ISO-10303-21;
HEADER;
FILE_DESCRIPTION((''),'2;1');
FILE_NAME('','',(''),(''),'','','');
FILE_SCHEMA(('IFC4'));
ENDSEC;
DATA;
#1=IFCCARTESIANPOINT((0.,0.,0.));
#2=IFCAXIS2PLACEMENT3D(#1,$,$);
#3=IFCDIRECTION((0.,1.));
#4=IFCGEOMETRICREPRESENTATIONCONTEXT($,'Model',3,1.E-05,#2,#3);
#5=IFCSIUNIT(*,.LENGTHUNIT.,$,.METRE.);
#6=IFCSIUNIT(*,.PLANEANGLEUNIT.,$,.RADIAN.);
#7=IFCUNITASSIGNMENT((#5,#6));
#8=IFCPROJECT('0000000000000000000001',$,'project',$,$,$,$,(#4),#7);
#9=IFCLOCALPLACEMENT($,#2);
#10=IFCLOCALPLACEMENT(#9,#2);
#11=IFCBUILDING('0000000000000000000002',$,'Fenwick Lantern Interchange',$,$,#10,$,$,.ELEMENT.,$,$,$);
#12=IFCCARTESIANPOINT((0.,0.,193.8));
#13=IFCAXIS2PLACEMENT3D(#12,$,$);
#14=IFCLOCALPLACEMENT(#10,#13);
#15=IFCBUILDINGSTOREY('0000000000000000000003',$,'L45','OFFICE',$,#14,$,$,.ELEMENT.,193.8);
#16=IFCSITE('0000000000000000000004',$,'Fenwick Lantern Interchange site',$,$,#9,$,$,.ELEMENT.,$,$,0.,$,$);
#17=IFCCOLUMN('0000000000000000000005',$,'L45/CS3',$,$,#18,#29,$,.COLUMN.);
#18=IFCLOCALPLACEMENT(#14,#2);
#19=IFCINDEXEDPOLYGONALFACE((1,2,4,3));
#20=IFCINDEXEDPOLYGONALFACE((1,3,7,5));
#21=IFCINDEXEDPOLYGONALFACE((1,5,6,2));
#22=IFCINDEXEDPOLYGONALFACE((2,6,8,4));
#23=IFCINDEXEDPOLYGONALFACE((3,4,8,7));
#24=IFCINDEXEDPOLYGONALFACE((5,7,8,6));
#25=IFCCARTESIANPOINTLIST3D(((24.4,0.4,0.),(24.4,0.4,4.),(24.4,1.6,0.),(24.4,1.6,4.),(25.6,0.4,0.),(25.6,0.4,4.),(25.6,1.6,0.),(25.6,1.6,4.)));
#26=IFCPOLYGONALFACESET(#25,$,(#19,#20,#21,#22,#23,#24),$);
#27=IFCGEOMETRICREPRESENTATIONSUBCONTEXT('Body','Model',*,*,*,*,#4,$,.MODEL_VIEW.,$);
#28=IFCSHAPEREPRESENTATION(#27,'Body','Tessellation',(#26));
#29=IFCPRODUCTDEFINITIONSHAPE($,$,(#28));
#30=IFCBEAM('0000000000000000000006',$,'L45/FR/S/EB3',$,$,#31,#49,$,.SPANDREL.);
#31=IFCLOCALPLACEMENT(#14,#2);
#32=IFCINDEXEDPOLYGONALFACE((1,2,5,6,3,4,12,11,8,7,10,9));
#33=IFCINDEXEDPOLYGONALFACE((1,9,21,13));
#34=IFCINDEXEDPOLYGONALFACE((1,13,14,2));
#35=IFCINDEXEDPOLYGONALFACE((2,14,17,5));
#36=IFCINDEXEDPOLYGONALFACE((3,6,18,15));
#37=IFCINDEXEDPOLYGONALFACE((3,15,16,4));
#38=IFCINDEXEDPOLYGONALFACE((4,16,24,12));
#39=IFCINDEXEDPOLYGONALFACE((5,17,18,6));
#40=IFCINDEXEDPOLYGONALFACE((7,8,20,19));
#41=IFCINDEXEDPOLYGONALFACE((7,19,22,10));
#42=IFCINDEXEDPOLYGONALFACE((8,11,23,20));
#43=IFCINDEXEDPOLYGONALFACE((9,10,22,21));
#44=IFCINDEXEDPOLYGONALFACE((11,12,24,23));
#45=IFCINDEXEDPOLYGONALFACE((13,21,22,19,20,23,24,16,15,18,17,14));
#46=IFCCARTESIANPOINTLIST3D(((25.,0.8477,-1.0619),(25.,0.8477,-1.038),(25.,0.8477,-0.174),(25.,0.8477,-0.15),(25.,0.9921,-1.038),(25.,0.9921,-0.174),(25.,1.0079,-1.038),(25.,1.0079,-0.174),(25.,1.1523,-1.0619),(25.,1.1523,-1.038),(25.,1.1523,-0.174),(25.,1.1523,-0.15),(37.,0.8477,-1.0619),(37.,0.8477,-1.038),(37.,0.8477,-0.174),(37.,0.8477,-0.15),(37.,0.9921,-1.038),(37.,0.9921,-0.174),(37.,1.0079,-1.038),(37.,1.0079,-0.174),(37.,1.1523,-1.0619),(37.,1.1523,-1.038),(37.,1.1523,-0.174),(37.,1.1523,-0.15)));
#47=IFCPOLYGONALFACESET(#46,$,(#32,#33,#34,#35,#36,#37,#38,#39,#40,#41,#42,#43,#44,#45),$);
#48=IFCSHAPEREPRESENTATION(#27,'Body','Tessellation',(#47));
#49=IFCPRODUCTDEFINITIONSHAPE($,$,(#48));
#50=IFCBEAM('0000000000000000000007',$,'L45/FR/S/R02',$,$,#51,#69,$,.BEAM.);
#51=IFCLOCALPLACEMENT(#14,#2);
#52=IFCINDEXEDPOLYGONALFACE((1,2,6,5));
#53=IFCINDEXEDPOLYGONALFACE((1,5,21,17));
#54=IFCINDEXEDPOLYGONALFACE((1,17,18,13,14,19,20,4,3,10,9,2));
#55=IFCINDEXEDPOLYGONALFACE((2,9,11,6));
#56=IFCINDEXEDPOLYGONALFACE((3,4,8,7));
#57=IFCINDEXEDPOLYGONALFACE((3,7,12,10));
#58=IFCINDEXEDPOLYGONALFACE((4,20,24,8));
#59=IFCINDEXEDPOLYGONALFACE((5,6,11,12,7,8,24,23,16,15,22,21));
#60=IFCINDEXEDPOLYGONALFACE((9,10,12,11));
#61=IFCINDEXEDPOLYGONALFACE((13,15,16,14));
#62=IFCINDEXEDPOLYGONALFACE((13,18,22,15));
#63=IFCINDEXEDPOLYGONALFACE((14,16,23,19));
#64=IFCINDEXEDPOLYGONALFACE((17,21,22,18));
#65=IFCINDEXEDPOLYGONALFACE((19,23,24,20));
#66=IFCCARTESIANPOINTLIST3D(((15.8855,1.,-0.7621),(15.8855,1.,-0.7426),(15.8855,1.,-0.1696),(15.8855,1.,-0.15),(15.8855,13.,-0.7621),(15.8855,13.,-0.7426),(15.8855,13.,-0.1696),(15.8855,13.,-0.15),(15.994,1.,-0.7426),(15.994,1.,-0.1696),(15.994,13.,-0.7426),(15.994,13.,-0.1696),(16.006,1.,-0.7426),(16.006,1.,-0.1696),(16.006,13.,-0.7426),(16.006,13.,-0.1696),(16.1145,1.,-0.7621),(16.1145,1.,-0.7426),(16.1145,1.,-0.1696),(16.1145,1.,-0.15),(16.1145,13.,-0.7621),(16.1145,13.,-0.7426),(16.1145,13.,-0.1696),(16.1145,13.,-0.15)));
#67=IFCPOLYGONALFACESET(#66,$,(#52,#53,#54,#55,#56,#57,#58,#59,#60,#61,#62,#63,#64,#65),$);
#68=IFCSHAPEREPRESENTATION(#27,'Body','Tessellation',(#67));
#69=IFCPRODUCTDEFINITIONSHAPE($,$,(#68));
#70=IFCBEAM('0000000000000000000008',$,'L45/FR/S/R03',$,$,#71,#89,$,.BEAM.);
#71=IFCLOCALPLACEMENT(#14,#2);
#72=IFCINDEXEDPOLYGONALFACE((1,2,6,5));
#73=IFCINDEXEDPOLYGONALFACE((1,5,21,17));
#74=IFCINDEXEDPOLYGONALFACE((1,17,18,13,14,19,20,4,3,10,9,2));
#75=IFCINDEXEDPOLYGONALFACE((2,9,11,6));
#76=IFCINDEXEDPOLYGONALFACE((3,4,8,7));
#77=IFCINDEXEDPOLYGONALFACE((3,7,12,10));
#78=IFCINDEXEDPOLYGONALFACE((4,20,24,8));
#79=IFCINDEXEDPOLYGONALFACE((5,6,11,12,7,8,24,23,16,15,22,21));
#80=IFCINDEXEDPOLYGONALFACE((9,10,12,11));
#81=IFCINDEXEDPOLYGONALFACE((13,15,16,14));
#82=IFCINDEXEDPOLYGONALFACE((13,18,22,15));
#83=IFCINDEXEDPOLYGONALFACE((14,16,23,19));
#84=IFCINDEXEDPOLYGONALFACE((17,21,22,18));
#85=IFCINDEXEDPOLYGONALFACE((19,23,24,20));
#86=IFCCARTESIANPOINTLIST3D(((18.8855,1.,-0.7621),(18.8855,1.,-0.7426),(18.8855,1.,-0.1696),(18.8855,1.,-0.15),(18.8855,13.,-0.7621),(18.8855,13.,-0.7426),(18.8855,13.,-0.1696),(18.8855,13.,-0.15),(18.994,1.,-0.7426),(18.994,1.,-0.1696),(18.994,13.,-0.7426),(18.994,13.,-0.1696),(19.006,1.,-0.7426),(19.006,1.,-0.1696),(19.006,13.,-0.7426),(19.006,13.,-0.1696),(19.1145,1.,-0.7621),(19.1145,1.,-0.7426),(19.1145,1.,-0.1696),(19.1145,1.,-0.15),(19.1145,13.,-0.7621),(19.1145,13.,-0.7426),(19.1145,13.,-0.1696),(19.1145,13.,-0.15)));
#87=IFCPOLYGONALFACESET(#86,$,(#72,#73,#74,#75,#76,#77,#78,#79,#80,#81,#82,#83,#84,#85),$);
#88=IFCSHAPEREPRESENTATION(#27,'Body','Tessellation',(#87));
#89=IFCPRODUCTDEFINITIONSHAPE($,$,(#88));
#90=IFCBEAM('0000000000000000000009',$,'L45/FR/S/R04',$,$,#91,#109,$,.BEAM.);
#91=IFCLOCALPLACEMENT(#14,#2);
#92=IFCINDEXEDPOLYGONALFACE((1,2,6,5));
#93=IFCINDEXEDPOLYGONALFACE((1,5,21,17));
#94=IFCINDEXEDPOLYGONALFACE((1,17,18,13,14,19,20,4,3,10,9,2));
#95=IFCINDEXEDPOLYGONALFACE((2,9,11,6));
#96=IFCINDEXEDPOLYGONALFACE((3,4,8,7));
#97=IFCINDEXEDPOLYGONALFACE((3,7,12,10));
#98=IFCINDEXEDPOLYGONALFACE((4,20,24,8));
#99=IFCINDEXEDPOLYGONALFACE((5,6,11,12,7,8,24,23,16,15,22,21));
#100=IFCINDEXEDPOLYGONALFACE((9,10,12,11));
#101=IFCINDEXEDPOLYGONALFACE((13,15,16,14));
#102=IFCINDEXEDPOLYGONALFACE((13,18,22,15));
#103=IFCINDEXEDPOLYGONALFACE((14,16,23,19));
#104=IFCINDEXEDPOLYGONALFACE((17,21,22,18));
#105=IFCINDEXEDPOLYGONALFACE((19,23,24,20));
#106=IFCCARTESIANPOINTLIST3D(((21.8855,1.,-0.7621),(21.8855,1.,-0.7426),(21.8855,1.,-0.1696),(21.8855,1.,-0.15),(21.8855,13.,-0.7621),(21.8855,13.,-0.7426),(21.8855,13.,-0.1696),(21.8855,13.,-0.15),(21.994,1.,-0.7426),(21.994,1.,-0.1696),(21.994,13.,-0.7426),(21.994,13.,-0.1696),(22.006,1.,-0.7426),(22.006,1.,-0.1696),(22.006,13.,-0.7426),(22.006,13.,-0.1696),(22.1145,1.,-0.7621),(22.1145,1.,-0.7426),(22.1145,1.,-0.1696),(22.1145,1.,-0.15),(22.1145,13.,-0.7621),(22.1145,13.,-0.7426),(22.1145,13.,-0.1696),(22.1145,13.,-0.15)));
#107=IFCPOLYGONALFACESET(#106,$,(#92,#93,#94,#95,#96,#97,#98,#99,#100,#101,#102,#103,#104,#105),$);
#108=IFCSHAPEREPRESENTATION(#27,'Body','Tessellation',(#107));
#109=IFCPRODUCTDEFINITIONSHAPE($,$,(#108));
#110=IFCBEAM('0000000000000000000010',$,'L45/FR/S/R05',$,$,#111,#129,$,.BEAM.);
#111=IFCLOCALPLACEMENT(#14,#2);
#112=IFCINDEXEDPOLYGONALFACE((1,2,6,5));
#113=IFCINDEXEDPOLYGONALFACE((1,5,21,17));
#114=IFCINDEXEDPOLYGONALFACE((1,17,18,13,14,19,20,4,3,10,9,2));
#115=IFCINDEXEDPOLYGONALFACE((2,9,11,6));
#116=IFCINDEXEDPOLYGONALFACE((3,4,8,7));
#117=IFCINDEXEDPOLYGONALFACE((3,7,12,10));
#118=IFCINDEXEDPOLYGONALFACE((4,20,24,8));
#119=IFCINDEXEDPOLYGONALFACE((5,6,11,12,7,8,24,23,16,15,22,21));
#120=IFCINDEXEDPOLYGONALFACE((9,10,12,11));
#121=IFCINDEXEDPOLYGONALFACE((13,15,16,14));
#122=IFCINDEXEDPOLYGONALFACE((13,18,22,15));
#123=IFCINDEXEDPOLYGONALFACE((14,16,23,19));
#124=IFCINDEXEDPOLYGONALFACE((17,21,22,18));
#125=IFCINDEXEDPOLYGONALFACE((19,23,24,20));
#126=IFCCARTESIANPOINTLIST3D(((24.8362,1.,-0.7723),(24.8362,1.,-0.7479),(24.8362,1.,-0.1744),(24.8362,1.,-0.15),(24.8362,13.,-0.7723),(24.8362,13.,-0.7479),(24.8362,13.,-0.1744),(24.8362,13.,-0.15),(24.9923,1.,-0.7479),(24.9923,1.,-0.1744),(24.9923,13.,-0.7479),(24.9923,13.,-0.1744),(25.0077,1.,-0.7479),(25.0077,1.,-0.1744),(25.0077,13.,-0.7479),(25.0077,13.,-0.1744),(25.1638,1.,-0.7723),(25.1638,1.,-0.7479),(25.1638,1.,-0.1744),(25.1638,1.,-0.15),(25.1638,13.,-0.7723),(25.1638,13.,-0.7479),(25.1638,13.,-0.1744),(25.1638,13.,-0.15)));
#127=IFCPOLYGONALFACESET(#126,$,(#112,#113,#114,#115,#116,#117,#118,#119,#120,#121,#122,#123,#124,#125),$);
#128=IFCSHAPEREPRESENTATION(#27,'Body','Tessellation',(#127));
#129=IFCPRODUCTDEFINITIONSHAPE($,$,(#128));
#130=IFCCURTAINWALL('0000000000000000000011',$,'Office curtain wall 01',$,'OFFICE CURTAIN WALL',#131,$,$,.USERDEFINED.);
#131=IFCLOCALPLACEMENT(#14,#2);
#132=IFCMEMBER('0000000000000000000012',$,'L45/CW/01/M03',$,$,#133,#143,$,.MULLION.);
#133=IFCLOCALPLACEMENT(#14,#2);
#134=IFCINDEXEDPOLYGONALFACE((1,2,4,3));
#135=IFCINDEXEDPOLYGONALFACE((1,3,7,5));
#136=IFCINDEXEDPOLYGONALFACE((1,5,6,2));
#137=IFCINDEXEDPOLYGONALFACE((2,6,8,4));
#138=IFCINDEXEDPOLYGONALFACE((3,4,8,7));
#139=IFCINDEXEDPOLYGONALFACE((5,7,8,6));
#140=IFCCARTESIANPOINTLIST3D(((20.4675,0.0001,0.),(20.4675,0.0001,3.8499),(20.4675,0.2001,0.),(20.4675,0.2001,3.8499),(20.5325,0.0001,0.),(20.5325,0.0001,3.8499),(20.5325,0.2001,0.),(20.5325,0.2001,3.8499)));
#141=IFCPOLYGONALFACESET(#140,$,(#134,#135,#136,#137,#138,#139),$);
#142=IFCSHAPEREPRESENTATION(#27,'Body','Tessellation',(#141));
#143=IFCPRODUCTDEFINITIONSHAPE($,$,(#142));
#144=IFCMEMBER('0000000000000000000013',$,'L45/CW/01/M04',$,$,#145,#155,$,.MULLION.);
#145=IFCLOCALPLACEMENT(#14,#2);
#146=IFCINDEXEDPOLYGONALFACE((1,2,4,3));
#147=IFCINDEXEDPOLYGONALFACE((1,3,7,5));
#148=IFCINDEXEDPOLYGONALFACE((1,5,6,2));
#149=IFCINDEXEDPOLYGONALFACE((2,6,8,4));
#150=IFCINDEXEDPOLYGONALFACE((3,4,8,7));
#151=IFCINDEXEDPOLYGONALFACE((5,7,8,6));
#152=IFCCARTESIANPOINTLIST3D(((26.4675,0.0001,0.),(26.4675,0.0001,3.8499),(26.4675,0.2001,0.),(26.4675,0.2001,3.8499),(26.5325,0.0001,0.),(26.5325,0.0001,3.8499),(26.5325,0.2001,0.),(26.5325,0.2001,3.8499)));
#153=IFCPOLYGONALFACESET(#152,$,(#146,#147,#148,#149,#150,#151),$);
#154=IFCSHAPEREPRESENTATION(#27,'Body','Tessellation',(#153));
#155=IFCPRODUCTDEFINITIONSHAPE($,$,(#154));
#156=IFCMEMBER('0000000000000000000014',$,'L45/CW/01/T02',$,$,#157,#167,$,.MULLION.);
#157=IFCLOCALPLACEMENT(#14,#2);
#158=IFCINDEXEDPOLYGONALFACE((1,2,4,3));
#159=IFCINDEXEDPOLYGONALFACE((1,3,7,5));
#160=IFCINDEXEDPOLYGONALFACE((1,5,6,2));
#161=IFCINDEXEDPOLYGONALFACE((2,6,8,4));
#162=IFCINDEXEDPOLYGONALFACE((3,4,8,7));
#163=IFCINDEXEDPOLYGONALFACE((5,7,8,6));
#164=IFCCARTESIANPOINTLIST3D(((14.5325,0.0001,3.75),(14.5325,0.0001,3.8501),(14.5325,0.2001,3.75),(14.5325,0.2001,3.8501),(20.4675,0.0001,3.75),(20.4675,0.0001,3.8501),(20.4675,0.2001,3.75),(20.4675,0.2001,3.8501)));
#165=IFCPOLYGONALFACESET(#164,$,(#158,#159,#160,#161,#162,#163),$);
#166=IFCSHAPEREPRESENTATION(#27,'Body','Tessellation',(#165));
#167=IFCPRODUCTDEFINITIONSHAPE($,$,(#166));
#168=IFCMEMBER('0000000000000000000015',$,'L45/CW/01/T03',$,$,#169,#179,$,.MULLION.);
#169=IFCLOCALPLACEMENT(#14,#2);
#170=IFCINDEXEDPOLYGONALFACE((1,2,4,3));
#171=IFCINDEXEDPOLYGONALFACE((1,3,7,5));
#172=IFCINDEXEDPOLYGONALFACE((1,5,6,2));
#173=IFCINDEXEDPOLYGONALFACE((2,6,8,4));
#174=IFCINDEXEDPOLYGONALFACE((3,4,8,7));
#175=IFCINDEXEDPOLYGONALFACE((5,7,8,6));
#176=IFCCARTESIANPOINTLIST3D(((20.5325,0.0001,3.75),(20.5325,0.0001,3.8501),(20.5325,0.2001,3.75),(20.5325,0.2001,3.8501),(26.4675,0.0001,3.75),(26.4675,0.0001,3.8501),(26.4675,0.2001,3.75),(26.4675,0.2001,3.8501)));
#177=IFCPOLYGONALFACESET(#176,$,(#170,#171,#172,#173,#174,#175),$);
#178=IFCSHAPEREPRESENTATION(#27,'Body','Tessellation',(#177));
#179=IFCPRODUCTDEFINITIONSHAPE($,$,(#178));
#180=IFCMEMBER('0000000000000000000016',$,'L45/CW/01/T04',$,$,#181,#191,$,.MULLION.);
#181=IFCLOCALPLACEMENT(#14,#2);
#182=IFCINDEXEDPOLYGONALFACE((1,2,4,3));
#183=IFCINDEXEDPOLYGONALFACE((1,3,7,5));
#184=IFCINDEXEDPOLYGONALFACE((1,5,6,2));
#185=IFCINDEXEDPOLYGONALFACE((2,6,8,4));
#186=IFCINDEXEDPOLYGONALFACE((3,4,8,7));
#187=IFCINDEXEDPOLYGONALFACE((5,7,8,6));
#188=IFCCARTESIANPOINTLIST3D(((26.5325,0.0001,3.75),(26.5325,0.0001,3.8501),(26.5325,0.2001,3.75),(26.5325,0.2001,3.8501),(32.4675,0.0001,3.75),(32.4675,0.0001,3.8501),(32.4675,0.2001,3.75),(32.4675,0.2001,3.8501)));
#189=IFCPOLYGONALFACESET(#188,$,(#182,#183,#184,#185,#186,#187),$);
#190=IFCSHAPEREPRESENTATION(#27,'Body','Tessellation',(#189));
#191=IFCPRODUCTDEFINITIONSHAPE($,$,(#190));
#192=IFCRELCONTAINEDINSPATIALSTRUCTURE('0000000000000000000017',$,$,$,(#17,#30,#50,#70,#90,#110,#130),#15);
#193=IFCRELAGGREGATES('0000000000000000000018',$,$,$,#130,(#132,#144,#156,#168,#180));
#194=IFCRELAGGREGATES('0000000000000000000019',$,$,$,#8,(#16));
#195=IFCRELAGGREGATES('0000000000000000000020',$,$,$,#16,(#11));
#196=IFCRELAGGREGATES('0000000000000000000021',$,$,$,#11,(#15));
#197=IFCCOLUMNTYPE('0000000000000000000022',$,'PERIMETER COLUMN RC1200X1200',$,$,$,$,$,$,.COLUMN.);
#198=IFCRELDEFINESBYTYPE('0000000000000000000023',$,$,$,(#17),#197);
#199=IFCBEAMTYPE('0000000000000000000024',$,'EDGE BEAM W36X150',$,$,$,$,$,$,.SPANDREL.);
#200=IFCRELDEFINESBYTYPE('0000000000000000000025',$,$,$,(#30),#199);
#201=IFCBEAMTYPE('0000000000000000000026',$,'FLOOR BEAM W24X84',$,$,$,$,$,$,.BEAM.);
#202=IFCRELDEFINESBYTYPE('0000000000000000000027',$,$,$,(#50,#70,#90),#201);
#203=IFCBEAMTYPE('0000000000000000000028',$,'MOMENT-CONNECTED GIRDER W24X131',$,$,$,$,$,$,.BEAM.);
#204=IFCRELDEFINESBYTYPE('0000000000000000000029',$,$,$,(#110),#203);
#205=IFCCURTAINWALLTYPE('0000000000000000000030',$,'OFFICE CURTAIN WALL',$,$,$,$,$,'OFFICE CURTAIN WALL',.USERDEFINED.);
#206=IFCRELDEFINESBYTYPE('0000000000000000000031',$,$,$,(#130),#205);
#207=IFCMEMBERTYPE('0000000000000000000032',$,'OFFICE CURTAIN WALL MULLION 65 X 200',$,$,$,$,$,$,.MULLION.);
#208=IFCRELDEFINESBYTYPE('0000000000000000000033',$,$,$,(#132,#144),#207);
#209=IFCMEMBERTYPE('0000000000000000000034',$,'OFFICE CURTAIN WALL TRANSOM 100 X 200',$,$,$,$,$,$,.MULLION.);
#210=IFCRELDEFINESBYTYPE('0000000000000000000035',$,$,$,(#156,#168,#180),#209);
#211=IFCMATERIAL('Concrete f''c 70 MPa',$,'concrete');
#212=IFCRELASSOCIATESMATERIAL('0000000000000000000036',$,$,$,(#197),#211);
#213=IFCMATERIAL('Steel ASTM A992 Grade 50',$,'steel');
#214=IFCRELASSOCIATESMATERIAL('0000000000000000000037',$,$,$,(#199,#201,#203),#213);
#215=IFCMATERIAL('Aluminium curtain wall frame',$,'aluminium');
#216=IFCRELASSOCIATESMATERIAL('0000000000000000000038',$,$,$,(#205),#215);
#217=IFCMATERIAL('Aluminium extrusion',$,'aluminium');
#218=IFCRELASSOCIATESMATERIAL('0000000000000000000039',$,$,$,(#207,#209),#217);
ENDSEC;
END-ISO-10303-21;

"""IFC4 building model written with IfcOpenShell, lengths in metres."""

from ifc_helpers import new_model, si_unit, direction, frame, origin, origin_2d, place, context, subcontext, project, spatial, rectangle, i_section, extrude, material, material_profile, profile_set, type_object, element, aggregate, save


model = new_model("IFC4")

# Units and contexts
model_context = context("Model", 3, precision=1e-05, world=origin(), true_north=direction((0.0, 1.0)))
body_context = subcontext(model_context, "Body", "Model", "MODEL_VIEW")
ifc_project = project(units=[si_unit("LENGTHUNIT", "METRE"), si_unit("PLANEANGLEUNIT", "RADIAN")], contexts=[model_context])

# Site, building, storey
site_placement = place(None, origin())
site = spatial("IfcSite", under=ifc_project, at=site_placement, Name="Fenwick Lantern Interchange site", CompositionType="ELEMENT", RefElevation=0.0)
building_placement = place(site_placement, origin())
building = spatial("IfcBuilding", under=site, at=building_placement, Name="Fenwick Lantern Interchange", CompositionType="ELEMENT")
storey_placement = place(building_placement, frame((0.0, 0.0, 193.8)))
storey = spatial("IfcBuildingStorey", under=building, at=storey_placement, Name="L45", Description="OFFICE", CompositionType="ELEMENT", Elevation=193.8)

# Column
ifc_material_1 = material(Name="Concrete f'c 70 MPa", Category="concrete")
ifc_material_profile_1 = material_profile(ifc_material_1, rectangle(XDim=1.2, YDim=1.2, at=origin_2d()), Name="RC1200X1200")
ifc_profile_set_1 = profile_set([ifc_material_profile_1], Name="Concrete f'c 70 MPa")
column_type = type_object("IfcColumnType", Name="PERIMETER COLUMN RC1200X1200", PredefinedType="COLUMN", material=ifc_profile_set_1)
column_placement = place(storey_placement, frame((25.0, 1.0, 0.0), z_axis=(0.0, 0.0, 1.0), x_axis=(1.0, 0.0, 0.0)))
element("IfcColumn", 1, at=column_placement, inside=storey, type_object=column_type, Name="L45/CS3", PredefinedType="COLUMN", context=body_context, shape_type="SweptSolid", body=[
    extrude(rectangle(XDim=1.2, YDim=1.2, at=origin_2d()), origin(), (0.0, 0.0, 1.0), 4.0),
])

# Beams
ifc_material_2 = material(Name="Steel ASTM A992 Grade 50", Category="steel")
ifc_material_profile_2 = material_profile(ifc_material_2, i_section(OverallWidth=0.3047, OverallDepth=0.9119, WebThickness=0.0159, FlangeThickness=0.0239, at=origin_2d()), Name="W36X150")
ifc_profile_set_2 = profile_set([ifc_material_profile_2], Name="Steel ASTM A992 Grade 50")
beam_type_1 = type_object("IfcBeamType", Name="EDGE BEAM W36X150", PredefinedType="SPANDREL", material=ifc_profile_set_2)
beam_1_placement = place(storey_placement, frame((25.0, 1.0, -0.606), z_axis=(1.0, 0.0, 0.0), x_axis=(0.0, 1.0, 0.0)))
element("IfcBeam", 2, at=beam_1_placement, inside=storey, type_object=beam_type_1, Name="L45/FR/S/EB3", PredefinedType="SPANDREL", context=body_context, shape_type="SweptSolid", body=[
    extrude(i_section(OverallWidth=0.3047, OverallDepth=0.9119, WebThickness=0.0159, FlangeThickness=0.0239, at=origin_2d()), origin(), (0.0, 0.0, 1.0), 12.0),
])
ifc_material_profile_3 = material_profile(ifc_material_2, i_section(OverallWidth=0.229, OverallDepth=0.6121, WebThickness=0.012, FlangeThickness=0.0195, at=origin_2d()), Name="W24X84")
ifc_profile_set_3 = profile_set([ifc_material_profile_3], Name="Steel ASTM A992 Grade 50")
beam_type_2 = type_object("IfcBeamType", Name="FLOOR BEAM W24X84", PredefinedType="BEAM", material=ifc_profile_set_3)
for number, where, z_axis, x_axis, name in (
    (3, (16.0, 1.0, -0.4561), (0.0, 1.0, 0.0), (-1.0, 0.0, 0.0), "L45/FR/S/R02"),
    (4, (19.0, 1.0, -0.4561), (0.0, 1.0, 0.0), (-1.0, 0.0, 0.0), "L45/FR/S/R03"),
    (5, (22.0, 1.0, -0.4561), (0.0, 1.0, 0.0), (-1.0, 0.0, 0.0), "L45/FR/S/R04"),
):
    element("IfcBeam", number, at=place(storey_placement, frame(where, z_axis=z_axis, x_axis=x_axis)), inside=storey, type_object=beam_type_2, Name=name, PredefinedType="BEAM", context=body_context, shape_type="SweptSolid", body=[
        extrude(i_section(OverallWidth=0.229, OverallDepth=0.6121, WebThickness=0.012, FlangeThickness=0.0195, at=origin_2d()), origin(), (0.0, 0.0, 1.0), 12.0),
    ])
ifc_material_profile_4 = material_profile(ifc_material_2, i_section(OverallWidth=0.3276, OverallDepth=0.6223, WebThickness=0.0154, FlangeThickness=0.0244, at=origin_2d()), Name="W24X131")
ifc_profile_set_4 = profile_set([ifc_material_profile_4], Name="Steel ASTM A992 Grade 50")
beam_type_3 = type_object("IfcBeamType", Name="MOMENT-CONNECTED GIRDER W24X131", PredefinedType="BEAM", material=ifc_profile_set_4)
beam_2_placement = place(storey_placement, frame((25.0, 1.0, -0.4612), z_axis=(0.0, 1.0, 0.0), x_axis=(-1.0, 0.0, 0.0)))
element("IfcBeam", 6, at=beam_2_placement, inside=storey, type_object=beam_type_3, Name="L45/FR/S/R05", PredefinedType="BEAM", context=body_context, shape_type="SweptSolid", body=[
    extrude(i_section(OverallWidth=0.3276, OverallDepth=0.6223, WebThickness=0.0154, FlangeThickness=0.0244, at=origin_2d()), origin(), (0.0, 0.0, 1.0), 12.0),
])

# Curtain wall, members
ifc_material_3 = material(Name="Aluminium curtain wall frame", Category="aluminium")
curtain_wall_type = type_object("IfcCurtainWallType", Name="OFFICE CURTAIN WALL", ElementType="OFFICE CURTAIN WALL", PredefinedType="USERDEFINED", material=ifc_material_3)
curtain_wall_placement = place(storey_placement, origin())
curtain_wall = element("IfcCurtainWall", 7, at=curtain_wall_placement, inside=storey, type_object=curtain_wall_type, Name="Office curtain wall 01", ObjectType="OFFICE CURTAIN WALL", PredefinedType="USERDEFINED")
ifc_material_4 = material(Name="Aluminium extrusion", Category="aluminium")
ifc_material_profile_5 = material_profile(ifc_material_4, rectangle(XDim=0.2, YDim=0.0649, at=origin_2d()), Name="OFFICE CURTAIN WALL MULLION 65 X 200")
ifc_profile_set_5 = profile_set([ifc_material_profile_5], Name="Aluminium extrusion")
member_type_1 = type_object("IfcMemberType", Name="OFFICE CURTAIN WALL MULLION 65 X 200", PredefinedType="MULLION", material=ifc_profile_set_5)
member_1_placement = place(storey_placement, frame((20.5, 0.1001, 0.0), z_axis=(0.0, 0.0, 1.0), x_axis=(0.0, 1.0, 0.0)))
member_1 = element("IfcMember", 8, at=member_1_placement, type_object=member_type_1, Name="L45/CW/01/M03", PredefinedType="MULLION", context=body_context, shape_type="SweptSolid", body=[
    extrude(rectangle(XDim=0.2, YDim=0.0649, at=origin_2d()), origin(), (0.0, 0.0, 1.0), 3.8499),
])
member_2_placement = place(storey_placement, frame((26.5, 0.1001, 0.0), z_axis=(0.0, 0.0, 1.0), x_axis=(0.0, 1.0, 0.0)))
member_2 = element("IfcMember", 9, at=member_2_placement, type_object=member_type_1, Name="L45/CW/01/M04", PredefinedType="MULLION", context=body_context, shape_type="SweptSolid", body=[
    extrude(rectangle(XDim=0.2, YDim=0.0649, at=origin_2d()), origin(), (0.0, 0.0, 1.0), 3.8499),
])
ifc_material_profile_6 = material_profile(ifc_material_4, rectangle(XDim=0.2, YDim=0.1001, at=origin_2d()), Name="OFFICE CURTAIN WALL TRANSOM 100 X 200")
ifc_profile_set_6 = profile_set([ifc_material_profile_6], Name="Aluminium extrusion")
member_type_2 = type_object("IfcMemberType", Name="OFFICE CURTAIN WALL TRANSOM 100 X 200", PredefinedType="MULLION", material=ifc_profile_set_6)
member_3_placement = place(storey_placement, frame((14.5325, 0.1001, 3.8), z_axis=(1.0, 0.0, 0.0), x_axis=(0.0, 1.0, 0.0)))
member_3 = element("IfcMember", 10, at=member_3_placement, type_object=member_type_2, Name="L45/CW/01/T02", PredefinedType="MULLION", context=body_context, shape_type="SweptSolid", body=[
    extrude(rectangle(XDim=0.2, YDim=0.1001, at=origin_2d()), origin(), (0.0, 0.0, 1.0), 5.9351),
])
member_4_placement = place(storey_placement, frame((20.5325, 0.1001, 3.8), z_axis=(1.0, 0.0, 0.0), x_axis=(0.0, 1.0, 0.0)))
member_4 = element("IfcMember", 11, at=member_4_placement, type_object=member_type_2, Name="L45/CW/01/T03", PredefinedType="MULLION", context=body_context, shape_type="SweptSolid", body=[
    extrude(rectangle(XDim=0.2, YDim=0.1001, at=origin_2d()), origin(), (0.0, 0.0, 1.0), 5.9351),
])
member_5_placement = place(storey_placement, frame((26.5325, 0.1001, 3.8), z_axis=(1.0, 0.0, 0.0), x_axis=(0.0, 1.0, 0.0)))
member_5 = element("IfcMember", 12, at=member_5_placement, type_object=member_type_2, Name="L45/CW/01/T04", PredefinedType="MULLION", context=body_context, shape_type="SweptSolid", body=[
    extrude(rectangle(XDim=0.2, YDim=0.1001, at=origin_2d()), origin(), (0.0, 0.0, 1.0), 5.9351),
])
aggregate(curtain_wall, [member_1, member_2, member_3, member_4, member_5])

save(model, "model.ifc")
